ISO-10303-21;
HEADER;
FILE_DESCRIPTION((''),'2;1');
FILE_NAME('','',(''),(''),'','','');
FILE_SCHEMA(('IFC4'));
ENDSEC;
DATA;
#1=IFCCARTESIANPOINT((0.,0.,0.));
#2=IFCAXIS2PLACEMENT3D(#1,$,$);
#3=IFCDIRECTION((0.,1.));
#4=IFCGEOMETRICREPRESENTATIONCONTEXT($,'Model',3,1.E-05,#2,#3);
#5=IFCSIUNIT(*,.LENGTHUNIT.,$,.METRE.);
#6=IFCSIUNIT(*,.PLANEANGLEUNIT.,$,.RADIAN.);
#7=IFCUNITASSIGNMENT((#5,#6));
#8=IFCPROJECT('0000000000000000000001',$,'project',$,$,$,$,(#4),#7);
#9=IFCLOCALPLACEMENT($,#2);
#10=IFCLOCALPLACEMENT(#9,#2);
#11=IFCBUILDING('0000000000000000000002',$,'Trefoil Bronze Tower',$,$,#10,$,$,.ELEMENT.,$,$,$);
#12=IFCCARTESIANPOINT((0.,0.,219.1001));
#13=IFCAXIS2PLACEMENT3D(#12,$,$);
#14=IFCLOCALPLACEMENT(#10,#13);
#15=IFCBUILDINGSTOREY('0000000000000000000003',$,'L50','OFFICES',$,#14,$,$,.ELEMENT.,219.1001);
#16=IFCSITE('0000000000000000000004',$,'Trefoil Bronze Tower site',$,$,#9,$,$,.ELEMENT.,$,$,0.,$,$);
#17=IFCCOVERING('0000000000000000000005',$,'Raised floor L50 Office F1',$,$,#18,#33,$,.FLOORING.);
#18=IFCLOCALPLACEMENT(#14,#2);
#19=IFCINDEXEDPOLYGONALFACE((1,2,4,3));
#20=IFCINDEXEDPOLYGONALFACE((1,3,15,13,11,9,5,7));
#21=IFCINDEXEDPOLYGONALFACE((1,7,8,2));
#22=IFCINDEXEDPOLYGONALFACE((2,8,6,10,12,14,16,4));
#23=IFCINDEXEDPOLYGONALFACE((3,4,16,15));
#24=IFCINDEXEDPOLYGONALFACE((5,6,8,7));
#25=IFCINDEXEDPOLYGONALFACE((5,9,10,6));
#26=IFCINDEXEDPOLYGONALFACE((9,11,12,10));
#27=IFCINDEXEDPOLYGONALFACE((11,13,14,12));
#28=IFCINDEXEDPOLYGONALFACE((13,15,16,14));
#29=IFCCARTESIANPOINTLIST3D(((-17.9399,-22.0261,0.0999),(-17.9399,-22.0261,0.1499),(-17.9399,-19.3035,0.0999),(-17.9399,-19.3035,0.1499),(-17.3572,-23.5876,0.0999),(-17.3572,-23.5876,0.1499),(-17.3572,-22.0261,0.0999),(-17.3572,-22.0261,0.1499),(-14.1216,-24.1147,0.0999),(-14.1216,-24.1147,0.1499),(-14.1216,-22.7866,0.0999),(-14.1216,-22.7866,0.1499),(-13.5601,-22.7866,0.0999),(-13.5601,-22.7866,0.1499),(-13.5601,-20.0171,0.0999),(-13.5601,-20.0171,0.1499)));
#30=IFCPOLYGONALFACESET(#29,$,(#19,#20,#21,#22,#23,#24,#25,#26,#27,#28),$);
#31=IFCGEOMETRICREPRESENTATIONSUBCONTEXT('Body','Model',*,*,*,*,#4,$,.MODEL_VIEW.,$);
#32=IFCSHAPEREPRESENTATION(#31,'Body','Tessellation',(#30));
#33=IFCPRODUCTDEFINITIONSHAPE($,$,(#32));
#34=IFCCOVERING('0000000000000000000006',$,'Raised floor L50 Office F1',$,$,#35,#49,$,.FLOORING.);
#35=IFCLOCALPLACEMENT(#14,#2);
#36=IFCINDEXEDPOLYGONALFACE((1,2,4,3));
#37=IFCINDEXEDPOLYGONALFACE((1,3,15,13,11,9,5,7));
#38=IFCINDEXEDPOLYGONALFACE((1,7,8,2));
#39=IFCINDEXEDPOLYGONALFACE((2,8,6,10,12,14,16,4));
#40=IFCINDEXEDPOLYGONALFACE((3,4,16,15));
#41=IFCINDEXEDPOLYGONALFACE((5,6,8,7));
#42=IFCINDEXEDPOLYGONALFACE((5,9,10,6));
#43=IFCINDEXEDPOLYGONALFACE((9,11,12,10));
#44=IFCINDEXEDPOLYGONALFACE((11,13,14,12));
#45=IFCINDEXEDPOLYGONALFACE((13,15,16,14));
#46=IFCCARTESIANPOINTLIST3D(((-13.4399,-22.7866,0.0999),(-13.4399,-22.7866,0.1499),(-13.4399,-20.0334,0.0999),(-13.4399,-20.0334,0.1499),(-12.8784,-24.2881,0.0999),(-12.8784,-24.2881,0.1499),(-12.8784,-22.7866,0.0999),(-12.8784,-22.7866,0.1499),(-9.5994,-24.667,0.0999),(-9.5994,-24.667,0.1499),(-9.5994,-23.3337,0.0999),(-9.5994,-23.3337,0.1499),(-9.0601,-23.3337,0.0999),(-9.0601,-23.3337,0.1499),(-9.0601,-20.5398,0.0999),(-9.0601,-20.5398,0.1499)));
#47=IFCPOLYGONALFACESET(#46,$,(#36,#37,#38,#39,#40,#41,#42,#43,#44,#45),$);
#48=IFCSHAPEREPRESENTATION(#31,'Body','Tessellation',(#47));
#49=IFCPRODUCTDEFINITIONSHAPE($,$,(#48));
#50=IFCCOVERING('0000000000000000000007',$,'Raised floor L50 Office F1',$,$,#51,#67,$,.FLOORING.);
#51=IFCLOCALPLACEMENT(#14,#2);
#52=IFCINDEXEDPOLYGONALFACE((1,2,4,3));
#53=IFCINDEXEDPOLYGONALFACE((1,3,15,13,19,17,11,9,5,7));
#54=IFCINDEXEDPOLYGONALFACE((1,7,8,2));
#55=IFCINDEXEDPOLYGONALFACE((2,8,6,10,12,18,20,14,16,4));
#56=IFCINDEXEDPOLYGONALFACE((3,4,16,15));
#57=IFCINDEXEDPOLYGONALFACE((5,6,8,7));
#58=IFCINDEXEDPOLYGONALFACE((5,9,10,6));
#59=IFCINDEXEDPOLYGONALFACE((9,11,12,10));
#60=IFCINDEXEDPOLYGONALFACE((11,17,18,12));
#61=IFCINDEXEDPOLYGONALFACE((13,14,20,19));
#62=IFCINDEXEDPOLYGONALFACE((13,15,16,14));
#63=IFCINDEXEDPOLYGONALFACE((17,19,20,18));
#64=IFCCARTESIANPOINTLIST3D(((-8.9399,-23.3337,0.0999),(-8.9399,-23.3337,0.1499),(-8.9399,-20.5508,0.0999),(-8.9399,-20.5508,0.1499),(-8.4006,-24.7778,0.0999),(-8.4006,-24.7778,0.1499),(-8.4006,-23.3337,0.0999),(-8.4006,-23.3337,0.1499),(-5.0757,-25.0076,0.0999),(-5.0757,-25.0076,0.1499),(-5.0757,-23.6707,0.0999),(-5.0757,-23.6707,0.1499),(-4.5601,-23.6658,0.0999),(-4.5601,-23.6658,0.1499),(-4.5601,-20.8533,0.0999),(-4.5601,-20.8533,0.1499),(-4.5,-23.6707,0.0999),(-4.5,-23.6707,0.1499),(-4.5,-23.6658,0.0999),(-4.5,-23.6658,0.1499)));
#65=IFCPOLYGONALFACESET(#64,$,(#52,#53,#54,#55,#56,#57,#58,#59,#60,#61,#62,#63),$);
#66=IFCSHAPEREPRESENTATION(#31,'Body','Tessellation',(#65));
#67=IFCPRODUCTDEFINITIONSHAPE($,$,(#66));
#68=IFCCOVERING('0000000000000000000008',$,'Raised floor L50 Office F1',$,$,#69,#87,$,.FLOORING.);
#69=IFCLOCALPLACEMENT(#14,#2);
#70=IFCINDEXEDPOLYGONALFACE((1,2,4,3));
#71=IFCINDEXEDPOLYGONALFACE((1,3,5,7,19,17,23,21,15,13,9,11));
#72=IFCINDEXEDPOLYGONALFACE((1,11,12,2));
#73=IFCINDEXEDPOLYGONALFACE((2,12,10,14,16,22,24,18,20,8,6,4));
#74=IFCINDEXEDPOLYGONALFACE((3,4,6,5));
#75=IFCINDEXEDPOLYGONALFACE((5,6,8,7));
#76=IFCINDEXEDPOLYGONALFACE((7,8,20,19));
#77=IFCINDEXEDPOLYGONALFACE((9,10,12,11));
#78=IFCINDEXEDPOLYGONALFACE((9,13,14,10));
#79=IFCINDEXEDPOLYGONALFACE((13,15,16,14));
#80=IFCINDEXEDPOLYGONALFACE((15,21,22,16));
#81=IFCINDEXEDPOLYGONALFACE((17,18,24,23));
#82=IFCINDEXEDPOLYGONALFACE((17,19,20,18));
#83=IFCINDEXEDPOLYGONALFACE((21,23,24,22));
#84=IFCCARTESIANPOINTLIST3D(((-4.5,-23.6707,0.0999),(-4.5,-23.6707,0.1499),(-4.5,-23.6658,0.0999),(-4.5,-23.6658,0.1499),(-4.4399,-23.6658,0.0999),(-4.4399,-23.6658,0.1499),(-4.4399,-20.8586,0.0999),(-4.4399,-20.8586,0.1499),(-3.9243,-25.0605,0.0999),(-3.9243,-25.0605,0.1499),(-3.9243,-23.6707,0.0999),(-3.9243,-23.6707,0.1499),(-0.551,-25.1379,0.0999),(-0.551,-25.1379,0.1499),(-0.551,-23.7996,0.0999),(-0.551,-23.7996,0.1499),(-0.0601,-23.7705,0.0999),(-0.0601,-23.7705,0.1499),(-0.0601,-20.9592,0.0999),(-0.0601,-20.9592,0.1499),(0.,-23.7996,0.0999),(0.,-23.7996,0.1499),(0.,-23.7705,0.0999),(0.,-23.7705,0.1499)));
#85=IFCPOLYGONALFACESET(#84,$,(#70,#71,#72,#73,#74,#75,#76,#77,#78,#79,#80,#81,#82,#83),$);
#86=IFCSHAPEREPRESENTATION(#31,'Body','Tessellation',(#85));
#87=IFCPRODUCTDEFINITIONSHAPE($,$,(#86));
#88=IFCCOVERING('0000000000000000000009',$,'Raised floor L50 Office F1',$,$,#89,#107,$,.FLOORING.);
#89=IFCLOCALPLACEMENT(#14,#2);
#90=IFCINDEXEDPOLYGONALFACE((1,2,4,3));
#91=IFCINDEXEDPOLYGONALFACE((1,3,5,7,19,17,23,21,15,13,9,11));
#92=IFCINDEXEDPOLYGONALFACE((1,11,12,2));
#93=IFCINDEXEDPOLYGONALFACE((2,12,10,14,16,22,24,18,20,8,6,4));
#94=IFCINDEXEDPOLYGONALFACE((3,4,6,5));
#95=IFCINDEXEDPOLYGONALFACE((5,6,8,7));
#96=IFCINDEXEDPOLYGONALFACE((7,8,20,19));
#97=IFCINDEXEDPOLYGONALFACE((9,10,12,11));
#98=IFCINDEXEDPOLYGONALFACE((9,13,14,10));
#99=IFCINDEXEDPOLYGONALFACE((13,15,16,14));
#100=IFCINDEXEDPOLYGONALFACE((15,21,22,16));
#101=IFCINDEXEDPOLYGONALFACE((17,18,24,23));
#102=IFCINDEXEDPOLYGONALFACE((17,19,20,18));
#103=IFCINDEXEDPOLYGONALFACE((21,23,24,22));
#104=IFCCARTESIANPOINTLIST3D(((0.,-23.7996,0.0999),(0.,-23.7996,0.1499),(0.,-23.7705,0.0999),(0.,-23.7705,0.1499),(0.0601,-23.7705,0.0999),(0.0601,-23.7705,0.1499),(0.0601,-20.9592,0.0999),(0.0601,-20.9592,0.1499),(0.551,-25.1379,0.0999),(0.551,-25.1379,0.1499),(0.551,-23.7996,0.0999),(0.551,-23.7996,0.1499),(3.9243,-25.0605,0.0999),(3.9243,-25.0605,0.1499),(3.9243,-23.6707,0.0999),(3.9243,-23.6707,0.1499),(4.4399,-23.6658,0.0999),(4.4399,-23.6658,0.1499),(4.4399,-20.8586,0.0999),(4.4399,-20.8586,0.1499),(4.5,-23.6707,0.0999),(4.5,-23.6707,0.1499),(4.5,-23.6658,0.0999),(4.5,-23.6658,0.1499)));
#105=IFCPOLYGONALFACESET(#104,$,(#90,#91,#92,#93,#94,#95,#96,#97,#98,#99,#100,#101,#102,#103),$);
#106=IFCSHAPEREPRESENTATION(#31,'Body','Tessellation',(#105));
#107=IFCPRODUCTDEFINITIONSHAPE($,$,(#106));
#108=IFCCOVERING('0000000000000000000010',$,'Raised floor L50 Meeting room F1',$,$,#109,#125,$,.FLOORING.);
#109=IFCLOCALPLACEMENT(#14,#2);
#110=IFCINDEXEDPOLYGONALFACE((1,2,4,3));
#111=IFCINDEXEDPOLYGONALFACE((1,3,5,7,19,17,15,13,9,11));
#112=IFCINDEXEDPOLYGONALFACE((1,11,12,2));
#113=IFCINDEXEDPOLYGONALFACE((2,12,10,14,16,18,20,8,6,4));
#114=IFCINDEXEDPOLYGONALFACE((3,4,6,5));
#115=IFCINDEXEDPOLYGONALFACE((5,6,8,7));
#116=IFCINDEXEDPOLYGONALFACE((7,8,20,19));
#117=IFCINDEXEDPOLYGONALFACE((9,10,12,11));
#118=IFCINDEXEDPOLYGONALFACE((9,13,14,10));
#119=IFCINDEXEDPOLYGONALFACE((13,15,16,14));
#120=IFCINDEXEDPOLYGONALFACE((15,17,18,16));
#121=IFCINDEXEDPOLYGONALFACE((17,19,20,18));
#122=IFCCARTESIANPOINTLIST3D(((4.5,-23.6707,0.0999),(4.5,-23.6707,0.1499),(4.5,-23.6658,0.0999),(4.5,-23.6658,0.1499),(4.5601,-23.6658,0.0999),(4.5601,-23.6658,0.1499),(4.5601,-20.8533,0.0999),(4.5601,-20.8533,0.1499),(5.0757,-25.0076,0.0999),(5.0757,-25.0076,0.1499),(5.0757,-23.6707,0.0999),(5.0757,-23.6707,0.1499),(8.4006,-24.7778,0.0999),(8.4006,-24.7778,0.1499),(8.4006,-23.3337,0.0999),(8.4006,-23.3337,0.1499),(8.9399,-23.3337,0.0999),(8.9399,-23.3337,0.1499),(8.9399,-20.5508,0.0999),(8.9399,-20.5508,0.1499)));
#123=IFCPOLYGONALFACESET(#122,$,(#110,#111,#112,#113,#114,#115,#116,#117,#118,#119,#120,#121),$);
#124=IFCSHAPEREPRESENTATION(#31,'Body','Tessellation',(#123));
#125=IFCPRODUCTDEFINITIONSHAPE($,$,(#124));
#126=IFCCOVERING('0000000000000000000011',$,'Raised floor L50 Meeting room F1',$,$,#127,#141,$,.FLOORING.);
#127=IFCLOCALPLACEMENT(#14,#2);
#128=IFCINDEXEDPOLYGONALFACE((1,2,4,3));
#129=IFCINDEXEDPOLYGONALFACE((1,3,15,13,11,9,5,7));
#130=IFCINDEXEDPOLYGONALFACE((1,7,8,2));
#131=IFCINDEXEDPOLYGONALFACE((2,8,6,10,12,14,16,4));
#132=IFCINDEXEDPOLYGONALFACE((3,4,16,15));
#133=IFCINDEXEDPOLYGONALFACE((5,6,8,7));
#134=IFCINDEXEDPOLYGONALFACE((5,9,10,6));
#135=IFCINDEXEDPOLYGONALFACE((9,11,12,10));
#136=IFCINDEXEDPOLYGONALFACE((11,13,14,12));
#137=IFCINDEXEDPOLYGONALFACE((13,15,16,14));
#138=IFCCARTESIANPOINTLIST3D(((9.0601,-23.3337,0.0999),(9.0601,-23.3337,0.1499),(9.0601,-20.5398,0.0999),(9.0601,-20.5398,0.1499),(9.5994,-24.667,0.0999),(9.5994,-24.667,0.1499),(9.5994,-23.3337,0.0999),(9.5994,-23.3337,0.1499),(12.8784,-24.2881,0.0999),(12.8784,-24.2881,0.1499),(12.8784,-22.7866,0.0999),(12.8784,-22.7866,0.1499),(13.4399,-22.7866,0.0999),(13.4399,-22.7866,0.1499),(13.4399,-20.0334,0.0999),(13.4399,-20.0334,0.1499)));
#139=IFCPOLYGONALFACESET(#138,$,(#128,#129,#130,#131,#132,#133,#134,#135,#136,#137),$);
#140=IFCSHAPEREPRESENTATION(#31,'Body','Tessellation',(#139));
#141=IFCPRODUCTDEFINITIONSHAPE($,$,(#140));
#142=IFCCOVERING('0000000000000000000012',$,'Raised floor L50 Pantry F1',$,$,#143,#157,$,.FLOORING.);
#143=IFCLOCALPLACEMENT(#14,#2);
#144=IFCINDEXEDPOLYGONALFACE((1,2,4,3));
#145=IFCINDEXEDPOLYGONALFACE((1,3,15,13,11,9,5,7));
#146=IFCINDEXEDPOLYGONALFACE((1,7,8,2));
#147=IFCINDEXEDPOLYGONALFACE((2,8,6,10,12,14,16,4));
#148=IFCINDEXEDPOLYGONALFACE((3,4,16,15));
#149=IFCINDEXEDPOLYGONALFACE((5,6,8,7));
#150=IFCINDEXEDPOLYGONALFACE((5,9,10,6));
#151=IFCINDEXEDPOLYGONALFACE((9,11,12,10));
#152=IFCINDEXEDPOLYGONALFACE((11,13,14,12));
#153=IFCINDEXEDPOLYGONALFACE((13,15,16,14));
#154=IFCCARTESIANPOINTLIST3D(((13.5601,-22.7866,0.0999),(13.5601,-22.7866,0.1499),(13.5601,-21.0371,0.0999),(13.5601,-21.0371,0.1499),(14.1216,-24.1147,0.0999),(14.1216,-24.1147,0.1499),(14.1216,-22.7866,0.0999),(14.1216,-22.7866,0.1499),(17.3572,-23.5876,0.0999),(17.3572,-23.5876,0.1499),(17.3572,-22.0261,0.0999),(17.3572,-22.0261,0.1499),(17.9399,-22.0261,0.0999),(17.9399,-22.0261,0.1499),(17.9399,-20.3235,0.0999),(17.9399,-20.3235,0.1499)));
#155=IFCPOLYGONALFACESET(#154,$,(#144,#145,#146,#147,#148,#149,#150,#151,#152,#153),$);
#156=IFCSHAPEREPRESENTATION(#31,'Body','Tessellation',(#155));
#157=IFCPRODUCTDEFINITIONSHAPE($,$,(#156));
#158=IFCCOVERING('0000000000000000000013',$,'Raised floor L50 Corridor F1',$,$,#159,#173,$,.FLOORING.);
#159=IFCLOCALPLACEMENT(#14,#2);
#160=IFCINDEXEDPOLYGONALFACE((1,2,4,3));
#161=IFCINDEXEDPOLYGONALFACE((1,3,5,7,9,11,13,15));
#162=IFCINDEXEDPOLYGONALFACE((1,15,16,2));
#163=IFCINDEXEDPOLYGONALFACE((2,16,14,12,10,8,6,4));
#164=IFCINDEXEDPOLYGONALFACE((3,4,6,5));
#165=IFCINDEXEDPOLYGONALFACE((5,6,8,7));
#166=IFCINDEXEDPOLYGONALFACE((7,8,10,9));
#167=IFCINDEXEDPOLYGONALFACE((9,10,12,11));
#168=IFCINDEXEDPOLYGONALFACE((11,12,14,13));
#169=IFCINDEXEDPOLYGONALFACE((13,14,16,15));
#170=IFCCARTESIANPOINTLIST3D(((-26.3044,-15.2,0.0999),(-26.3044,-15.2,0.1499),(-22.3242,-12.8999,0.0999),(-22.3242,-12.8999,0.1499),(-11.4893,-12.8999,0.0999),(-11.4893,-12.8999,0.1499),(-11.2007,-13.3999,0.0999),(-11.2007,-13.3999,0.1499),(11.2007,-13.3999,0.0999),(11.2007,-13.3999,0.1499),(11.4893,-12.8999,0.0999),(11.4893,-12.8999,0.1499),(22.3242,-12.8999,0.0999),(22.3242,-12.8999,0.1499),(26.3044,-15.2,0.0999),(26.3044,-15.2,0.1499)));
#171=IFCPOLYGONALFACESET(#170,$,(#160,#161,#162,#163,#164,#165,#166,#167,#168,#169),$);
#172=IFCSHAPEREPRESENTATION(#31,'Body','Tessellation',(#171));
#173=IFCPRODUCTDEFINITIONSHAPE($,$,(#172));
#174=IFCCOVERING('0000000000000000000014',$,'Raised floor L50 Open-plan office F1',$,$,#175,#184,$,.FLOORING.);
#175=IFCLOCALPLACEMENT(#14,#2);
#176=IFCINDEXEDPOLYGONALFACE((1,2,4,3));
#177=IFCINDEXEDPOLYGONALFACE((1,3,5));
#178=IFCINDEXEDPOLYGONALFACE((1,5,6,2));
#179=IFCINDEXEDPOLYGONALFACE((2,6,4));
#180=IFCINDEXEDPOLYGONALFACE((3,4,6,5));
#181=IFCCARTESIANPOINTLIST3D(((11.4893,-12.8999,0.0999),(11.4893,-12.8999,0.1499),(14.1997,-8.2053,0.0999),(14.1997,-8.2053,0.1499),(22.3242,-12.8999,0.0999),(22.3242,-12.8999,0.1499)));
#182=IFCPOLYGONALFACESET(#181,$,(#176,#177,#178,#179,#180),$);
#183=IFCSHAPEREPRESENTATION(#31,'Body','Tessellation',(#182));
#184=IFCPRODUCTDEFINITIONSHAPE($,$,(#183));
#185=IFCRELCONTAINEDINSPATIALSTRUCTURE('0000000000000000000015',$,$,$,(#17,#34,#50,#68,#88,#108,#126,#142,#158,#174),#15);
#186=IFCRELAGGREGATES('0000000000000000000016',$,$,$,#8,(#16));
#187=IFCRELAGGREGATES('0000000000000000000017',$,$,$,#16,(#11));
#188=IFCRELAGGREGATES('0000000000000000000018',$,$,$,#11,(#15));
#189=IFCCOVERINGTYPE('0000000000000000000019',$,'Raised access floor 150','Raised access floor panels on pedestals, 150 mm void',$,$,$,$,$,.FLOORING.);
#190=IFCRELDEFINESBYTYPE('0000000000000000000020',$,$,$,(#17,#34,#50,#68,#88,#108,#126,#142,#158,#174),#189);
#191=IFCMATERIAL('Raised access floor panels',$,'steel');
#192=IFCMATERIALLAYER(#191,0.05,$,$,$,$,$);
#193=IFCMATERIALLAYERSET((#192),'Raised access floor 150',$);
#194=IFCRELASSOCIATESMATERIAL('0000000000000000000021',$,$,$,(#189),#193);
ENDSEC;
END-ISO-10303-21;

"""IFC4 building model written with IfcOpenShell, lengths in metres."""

from ifc_helpers import new_model, si_unit, direction, frame, origin, place, context, subcontext, project, spatial, polyline, outline, extrude, material, layer, layer_set, type_object, element, save


model = new_model("IFC4")

# Units and contexts
model_context = context("Model", 3, precision=1e-05, world=origin(), true_north=direction((0.0, 1.0)))
body_context = subcontext(model_context, "Body", "Model", "MODEL_VIEW")
ifc_project = project(units=[si_unit("LENGTHUNIT", "METRE"), si_unit("PLANEANGLEUNIT", "RADIAN")], contexts=[model_context])

# Site, building, storey
site_placement = place(None, origin())
site = spatial("IfcSite", under=ifc_project, at=site_placement, Name="Trefoil Bronze Tower site", CompositionType="ELEMENT", RefElevation=0.0)
building_placement = place(site_placement, origin())
building = spatial("IfcBuilding", under=site, at=building_placement, Name="Trefoil Bronze Tower", CompositionType="ELEMENT")
storey_placement = place(building_placement, frame((0.0, 0.0, 219.1001)))
storey = spatial("IfcBuildingStorey", under=building, at=storey_placement, Name="L50", Description="OFFICES", CompositionType="ELEMENT", Elevation=219.1001)

# Coverings
ifc_material_1 = material(Name="Raised access floor panels", Category="steel")
ifc_layer_1 = layer(ifc_material_1, 0.05)
ifc_layer_set_1 = layer_set([ifc_layer_1], Name="Raised access floor 150")
covering_type_1 = type_object("IfcCoveringType", Name="Raised access floor 150", Description="Raised access floor panels on pedestals, 150 mm void", PredefinedType="FLOORING", material=ifc_layer_set_1)
covering_1_placement = place(storey_placement, frame((0.0, 0.0, 0.0999)))
element("IfcCovering", 1, at=covering_1_placement, inside=storey, type_object=covering_type_1, Name="Raised floor L50 Office F1", PredefinedType="FLOORING", context=body_context, shape_type="SweptSolid", body=[
    extrude(outline(polyline([(-17.9399, -22.0261), (-17.9399, -19.3035), (-13.5601, -20.0171), (-13.5601, -22.7866), (-14.1216, -22.7866), (-14.1216, -24.1147), (-17.3572, -23.5876), (-17.3572, -22.0261), (-17.9399, -22.0261)])), origin(), (0.0, 0.0, 1.0), 0.05),
])
covering_2_placement = place(storey_placement, frame((0.0, 0.0, 0.0999)))
element("IfcCovering", 2, at=covering_2_placement, inside=storey, type_object=covering_type_1, Name="Raised floor L50 Office F1", PredefinedType="FLOORING", context=body_context, shape_type="SweptSolid", body=[
    extrude(outline(polyline([(-13.4399, -22.7866), (-13.4399, -20.0334), (-9.0601, -20.5398), (-9.0601, -23.3337), (-9.5994, -23.3337), (-9.5994, -24.667), (-12.8784, -24.2881), (-12.8784, -22.7866), (-13.4399, -22.7866)])), origin(), (0.0, 0.0, 1.0), 0.05),
])
covering_3_placement = place(storey_placement, frame((0.0, 0.0, 0.0999)))
element("IfcCovering", 3, at=covering_3_placement, inside=storey, type_object=covering_type_1, Name="Raised floor L50 Office F1", PredefinedType="FLOORING", context=body_context, shape_type="SweptSolid", body=[
    extrude(outline(polyline([(-8.9399, -23.3337), (-8.9399, -20.5508), (-4.5601, -20.8533), (-4.5601, -23.6658), (-4.5, -23.6658), (-4.5, -23.6707), (-5.0757, -23.6707), (-5.0757, -25.0076), (-8.4006, -24.7778), (-8.4006, -23.3337), (-8.9399, -23.3337)])), origin(), (0.0, 0.0, 1.0), 0.05),
])
covering_4_placement = place(storey_placement, frame((0.0, 0.0, 0.0999)))
element("IfcCovering", 4, at=covering_4_placement, inside=storey, type_object=covering_type_1, Name="Raised floor L50 Office F1", PredefinedType="FLOORING", context=body_context, shape_type="SweptSolid", body=[
    extrude(outline(polyline([(-4.5, -23.6658), (-4.4399, -23.6658), (-4.4399, -20.8586), (-0.0601, -20.9592), (-0.0601, -23.7705), (0.0, -23.7705), (0.0, -23.7996), (-0.551, -23.7996), (-0.551, -25.1379), (-3.9243, -25.0605), (-3.9243, -23.6707), (-4.5, -23.6707), (-4.5, -23.6658)])), origin(), (0.0, 0.0, 1.0), 0.05),
])
covering_5_placement = place(storey_placement, frame((0.0, 0.0, 0.0999)))
element("IfcCovering", 5, at=covering_5_placement, inside=storey, type_object=covering_type_1, Name="Raised floor L50 Office F1", PredefinedType="FLOORING", context=body_context, shape_type="SweptSolid", body=[
    extrude(outline(polyline([(0.0, -23.7705), (0.0601, -23.7705), (0.0601, -20.9592), (4.4399, -20.8586), (4.4399, -23.6658), (4.5, -23.6658), (4.5, -23.6707), (3.9243, -23.6707), (3.9243, -25.0605), (0.551, -25.1379), (0.551, -23.7996), (0.0, -23.7996), (0.0, -23.7705)])), origin(), (0.0, 0.0, 1.0), 0.05),
])
covering_6_placement = place(storey_placement, frame((0.0, 0.0, 0.0999)))
element("IfcCovering", 6, at=covering_6_placement, inside=storey, type_object=covering_type_1, Name="Raised floor L50 Meeting room F1", PredefinedType="FLOORING", context=body_context, shape_type="SweptSolid", body=[
    extrude(outline(polyline([(4.5, -23.6658), (4.5601, -23.6658), (4.5601, -20.8533), (8.9399, -20.5508), (8.9399, -23.3337), (8.4006, -23.3337), (8.4006, -24.7778), (5.0757, -25.0076), (5.0757, -23.6707), (4.5, -23.6707), (4.5, -23.6658)])), origin(), (0.0, 0.0, 1.0), 0.05),
])
covering_7_placement = place(storey_placement, frame((0.0, 0.0, 0.0999)))
element("IfcCovering", 7, at=covering_7_placement, inside=storey, type_object=covering_type_1, Name="Raised floor L50 Meeting room F1", PredefinedType="FLOORING", context=body_context, shape_type="SweptSolid", body=[
    extrude(outline(polyline([(9.0601, -20.5398), (13.4399, -20.0334), (13.4399, -22.7866), (12.8784, -22.7866), (12.8784, -24.2881), (9.5994, -24.667), (9.5994, -23.3337), (9.0601, -23.3337), (9.0601, -20.5398)])), origin(), (0.0, 0.0, 1.0), 0.05),
])
covering_8_placement = place(storey_placement, frame((0.0, 0.0, 0.0999)))
element("IfcCovering", 8, at=covering_8_placement, inside=storey, type_object=covering_type_1, Name="Raised floor L50 Pantry F1", PredefinedType="FLOORING", context=body_context, shape_type="SweptSolid", body=[
    extrude(outline(polyline([(13.5601, -21.0371), (17.9399, -20.3235), (17.9399, -22.0261), (17.3572, -22.0261), (17.3572, -23.5876), (14.1216, -24.1147), (14.1216, -22.7866), (13.5601, -22.7866), (13.5601, -21.0371)])), origin(), (0.0, 0.0, 1.0), 0.05),
])
covering_9_placement = place(storey_placement, frame((0.0, 0.0, 0.0999)))
element("IfcCovering", 9, at=covering_9_placement, inside=storey, type_object=covering_type_1, Name="Raised floor L50 Corridor F1", PredefinedType="FLOORING", context=body_context, shape_type="SweptSolid", body=[
    extrude(outline(polyline([(26.3044, -15.2), (-26.3044, -15.2), (-22.3242, -12.8999), (-11.4893, -12.8999), (-11.2007, -13.3999), (11.2007, -13.3999), (11.4893, -12.8999), (22.3242, -12.8999), (26.3044, -15.2)])), origin(), (0.0, 0.0, 1.0), 0.05),
])
covering_10_placement = place(storey_placement, frame((0.0, 0.0, 0.0999)))
element("IfcCovering", 10, at=covering_10_placement, inside=storey, type_object=covering_type_1, Name="Raised floor L50 Open-plan office F1", PredefinedType="FLOORING", context=body_context, shape_type="SweptSolid", body=[
    extrude(outline(polyline([(14.1997, -8.2053), (22.3242, -12.8999), (11.4893, -12.8999), (14.1997, -8.2053)])), origin(), (0.0, 0.0, 1.0), 0.05),
])

save(model, "model.ifc")
